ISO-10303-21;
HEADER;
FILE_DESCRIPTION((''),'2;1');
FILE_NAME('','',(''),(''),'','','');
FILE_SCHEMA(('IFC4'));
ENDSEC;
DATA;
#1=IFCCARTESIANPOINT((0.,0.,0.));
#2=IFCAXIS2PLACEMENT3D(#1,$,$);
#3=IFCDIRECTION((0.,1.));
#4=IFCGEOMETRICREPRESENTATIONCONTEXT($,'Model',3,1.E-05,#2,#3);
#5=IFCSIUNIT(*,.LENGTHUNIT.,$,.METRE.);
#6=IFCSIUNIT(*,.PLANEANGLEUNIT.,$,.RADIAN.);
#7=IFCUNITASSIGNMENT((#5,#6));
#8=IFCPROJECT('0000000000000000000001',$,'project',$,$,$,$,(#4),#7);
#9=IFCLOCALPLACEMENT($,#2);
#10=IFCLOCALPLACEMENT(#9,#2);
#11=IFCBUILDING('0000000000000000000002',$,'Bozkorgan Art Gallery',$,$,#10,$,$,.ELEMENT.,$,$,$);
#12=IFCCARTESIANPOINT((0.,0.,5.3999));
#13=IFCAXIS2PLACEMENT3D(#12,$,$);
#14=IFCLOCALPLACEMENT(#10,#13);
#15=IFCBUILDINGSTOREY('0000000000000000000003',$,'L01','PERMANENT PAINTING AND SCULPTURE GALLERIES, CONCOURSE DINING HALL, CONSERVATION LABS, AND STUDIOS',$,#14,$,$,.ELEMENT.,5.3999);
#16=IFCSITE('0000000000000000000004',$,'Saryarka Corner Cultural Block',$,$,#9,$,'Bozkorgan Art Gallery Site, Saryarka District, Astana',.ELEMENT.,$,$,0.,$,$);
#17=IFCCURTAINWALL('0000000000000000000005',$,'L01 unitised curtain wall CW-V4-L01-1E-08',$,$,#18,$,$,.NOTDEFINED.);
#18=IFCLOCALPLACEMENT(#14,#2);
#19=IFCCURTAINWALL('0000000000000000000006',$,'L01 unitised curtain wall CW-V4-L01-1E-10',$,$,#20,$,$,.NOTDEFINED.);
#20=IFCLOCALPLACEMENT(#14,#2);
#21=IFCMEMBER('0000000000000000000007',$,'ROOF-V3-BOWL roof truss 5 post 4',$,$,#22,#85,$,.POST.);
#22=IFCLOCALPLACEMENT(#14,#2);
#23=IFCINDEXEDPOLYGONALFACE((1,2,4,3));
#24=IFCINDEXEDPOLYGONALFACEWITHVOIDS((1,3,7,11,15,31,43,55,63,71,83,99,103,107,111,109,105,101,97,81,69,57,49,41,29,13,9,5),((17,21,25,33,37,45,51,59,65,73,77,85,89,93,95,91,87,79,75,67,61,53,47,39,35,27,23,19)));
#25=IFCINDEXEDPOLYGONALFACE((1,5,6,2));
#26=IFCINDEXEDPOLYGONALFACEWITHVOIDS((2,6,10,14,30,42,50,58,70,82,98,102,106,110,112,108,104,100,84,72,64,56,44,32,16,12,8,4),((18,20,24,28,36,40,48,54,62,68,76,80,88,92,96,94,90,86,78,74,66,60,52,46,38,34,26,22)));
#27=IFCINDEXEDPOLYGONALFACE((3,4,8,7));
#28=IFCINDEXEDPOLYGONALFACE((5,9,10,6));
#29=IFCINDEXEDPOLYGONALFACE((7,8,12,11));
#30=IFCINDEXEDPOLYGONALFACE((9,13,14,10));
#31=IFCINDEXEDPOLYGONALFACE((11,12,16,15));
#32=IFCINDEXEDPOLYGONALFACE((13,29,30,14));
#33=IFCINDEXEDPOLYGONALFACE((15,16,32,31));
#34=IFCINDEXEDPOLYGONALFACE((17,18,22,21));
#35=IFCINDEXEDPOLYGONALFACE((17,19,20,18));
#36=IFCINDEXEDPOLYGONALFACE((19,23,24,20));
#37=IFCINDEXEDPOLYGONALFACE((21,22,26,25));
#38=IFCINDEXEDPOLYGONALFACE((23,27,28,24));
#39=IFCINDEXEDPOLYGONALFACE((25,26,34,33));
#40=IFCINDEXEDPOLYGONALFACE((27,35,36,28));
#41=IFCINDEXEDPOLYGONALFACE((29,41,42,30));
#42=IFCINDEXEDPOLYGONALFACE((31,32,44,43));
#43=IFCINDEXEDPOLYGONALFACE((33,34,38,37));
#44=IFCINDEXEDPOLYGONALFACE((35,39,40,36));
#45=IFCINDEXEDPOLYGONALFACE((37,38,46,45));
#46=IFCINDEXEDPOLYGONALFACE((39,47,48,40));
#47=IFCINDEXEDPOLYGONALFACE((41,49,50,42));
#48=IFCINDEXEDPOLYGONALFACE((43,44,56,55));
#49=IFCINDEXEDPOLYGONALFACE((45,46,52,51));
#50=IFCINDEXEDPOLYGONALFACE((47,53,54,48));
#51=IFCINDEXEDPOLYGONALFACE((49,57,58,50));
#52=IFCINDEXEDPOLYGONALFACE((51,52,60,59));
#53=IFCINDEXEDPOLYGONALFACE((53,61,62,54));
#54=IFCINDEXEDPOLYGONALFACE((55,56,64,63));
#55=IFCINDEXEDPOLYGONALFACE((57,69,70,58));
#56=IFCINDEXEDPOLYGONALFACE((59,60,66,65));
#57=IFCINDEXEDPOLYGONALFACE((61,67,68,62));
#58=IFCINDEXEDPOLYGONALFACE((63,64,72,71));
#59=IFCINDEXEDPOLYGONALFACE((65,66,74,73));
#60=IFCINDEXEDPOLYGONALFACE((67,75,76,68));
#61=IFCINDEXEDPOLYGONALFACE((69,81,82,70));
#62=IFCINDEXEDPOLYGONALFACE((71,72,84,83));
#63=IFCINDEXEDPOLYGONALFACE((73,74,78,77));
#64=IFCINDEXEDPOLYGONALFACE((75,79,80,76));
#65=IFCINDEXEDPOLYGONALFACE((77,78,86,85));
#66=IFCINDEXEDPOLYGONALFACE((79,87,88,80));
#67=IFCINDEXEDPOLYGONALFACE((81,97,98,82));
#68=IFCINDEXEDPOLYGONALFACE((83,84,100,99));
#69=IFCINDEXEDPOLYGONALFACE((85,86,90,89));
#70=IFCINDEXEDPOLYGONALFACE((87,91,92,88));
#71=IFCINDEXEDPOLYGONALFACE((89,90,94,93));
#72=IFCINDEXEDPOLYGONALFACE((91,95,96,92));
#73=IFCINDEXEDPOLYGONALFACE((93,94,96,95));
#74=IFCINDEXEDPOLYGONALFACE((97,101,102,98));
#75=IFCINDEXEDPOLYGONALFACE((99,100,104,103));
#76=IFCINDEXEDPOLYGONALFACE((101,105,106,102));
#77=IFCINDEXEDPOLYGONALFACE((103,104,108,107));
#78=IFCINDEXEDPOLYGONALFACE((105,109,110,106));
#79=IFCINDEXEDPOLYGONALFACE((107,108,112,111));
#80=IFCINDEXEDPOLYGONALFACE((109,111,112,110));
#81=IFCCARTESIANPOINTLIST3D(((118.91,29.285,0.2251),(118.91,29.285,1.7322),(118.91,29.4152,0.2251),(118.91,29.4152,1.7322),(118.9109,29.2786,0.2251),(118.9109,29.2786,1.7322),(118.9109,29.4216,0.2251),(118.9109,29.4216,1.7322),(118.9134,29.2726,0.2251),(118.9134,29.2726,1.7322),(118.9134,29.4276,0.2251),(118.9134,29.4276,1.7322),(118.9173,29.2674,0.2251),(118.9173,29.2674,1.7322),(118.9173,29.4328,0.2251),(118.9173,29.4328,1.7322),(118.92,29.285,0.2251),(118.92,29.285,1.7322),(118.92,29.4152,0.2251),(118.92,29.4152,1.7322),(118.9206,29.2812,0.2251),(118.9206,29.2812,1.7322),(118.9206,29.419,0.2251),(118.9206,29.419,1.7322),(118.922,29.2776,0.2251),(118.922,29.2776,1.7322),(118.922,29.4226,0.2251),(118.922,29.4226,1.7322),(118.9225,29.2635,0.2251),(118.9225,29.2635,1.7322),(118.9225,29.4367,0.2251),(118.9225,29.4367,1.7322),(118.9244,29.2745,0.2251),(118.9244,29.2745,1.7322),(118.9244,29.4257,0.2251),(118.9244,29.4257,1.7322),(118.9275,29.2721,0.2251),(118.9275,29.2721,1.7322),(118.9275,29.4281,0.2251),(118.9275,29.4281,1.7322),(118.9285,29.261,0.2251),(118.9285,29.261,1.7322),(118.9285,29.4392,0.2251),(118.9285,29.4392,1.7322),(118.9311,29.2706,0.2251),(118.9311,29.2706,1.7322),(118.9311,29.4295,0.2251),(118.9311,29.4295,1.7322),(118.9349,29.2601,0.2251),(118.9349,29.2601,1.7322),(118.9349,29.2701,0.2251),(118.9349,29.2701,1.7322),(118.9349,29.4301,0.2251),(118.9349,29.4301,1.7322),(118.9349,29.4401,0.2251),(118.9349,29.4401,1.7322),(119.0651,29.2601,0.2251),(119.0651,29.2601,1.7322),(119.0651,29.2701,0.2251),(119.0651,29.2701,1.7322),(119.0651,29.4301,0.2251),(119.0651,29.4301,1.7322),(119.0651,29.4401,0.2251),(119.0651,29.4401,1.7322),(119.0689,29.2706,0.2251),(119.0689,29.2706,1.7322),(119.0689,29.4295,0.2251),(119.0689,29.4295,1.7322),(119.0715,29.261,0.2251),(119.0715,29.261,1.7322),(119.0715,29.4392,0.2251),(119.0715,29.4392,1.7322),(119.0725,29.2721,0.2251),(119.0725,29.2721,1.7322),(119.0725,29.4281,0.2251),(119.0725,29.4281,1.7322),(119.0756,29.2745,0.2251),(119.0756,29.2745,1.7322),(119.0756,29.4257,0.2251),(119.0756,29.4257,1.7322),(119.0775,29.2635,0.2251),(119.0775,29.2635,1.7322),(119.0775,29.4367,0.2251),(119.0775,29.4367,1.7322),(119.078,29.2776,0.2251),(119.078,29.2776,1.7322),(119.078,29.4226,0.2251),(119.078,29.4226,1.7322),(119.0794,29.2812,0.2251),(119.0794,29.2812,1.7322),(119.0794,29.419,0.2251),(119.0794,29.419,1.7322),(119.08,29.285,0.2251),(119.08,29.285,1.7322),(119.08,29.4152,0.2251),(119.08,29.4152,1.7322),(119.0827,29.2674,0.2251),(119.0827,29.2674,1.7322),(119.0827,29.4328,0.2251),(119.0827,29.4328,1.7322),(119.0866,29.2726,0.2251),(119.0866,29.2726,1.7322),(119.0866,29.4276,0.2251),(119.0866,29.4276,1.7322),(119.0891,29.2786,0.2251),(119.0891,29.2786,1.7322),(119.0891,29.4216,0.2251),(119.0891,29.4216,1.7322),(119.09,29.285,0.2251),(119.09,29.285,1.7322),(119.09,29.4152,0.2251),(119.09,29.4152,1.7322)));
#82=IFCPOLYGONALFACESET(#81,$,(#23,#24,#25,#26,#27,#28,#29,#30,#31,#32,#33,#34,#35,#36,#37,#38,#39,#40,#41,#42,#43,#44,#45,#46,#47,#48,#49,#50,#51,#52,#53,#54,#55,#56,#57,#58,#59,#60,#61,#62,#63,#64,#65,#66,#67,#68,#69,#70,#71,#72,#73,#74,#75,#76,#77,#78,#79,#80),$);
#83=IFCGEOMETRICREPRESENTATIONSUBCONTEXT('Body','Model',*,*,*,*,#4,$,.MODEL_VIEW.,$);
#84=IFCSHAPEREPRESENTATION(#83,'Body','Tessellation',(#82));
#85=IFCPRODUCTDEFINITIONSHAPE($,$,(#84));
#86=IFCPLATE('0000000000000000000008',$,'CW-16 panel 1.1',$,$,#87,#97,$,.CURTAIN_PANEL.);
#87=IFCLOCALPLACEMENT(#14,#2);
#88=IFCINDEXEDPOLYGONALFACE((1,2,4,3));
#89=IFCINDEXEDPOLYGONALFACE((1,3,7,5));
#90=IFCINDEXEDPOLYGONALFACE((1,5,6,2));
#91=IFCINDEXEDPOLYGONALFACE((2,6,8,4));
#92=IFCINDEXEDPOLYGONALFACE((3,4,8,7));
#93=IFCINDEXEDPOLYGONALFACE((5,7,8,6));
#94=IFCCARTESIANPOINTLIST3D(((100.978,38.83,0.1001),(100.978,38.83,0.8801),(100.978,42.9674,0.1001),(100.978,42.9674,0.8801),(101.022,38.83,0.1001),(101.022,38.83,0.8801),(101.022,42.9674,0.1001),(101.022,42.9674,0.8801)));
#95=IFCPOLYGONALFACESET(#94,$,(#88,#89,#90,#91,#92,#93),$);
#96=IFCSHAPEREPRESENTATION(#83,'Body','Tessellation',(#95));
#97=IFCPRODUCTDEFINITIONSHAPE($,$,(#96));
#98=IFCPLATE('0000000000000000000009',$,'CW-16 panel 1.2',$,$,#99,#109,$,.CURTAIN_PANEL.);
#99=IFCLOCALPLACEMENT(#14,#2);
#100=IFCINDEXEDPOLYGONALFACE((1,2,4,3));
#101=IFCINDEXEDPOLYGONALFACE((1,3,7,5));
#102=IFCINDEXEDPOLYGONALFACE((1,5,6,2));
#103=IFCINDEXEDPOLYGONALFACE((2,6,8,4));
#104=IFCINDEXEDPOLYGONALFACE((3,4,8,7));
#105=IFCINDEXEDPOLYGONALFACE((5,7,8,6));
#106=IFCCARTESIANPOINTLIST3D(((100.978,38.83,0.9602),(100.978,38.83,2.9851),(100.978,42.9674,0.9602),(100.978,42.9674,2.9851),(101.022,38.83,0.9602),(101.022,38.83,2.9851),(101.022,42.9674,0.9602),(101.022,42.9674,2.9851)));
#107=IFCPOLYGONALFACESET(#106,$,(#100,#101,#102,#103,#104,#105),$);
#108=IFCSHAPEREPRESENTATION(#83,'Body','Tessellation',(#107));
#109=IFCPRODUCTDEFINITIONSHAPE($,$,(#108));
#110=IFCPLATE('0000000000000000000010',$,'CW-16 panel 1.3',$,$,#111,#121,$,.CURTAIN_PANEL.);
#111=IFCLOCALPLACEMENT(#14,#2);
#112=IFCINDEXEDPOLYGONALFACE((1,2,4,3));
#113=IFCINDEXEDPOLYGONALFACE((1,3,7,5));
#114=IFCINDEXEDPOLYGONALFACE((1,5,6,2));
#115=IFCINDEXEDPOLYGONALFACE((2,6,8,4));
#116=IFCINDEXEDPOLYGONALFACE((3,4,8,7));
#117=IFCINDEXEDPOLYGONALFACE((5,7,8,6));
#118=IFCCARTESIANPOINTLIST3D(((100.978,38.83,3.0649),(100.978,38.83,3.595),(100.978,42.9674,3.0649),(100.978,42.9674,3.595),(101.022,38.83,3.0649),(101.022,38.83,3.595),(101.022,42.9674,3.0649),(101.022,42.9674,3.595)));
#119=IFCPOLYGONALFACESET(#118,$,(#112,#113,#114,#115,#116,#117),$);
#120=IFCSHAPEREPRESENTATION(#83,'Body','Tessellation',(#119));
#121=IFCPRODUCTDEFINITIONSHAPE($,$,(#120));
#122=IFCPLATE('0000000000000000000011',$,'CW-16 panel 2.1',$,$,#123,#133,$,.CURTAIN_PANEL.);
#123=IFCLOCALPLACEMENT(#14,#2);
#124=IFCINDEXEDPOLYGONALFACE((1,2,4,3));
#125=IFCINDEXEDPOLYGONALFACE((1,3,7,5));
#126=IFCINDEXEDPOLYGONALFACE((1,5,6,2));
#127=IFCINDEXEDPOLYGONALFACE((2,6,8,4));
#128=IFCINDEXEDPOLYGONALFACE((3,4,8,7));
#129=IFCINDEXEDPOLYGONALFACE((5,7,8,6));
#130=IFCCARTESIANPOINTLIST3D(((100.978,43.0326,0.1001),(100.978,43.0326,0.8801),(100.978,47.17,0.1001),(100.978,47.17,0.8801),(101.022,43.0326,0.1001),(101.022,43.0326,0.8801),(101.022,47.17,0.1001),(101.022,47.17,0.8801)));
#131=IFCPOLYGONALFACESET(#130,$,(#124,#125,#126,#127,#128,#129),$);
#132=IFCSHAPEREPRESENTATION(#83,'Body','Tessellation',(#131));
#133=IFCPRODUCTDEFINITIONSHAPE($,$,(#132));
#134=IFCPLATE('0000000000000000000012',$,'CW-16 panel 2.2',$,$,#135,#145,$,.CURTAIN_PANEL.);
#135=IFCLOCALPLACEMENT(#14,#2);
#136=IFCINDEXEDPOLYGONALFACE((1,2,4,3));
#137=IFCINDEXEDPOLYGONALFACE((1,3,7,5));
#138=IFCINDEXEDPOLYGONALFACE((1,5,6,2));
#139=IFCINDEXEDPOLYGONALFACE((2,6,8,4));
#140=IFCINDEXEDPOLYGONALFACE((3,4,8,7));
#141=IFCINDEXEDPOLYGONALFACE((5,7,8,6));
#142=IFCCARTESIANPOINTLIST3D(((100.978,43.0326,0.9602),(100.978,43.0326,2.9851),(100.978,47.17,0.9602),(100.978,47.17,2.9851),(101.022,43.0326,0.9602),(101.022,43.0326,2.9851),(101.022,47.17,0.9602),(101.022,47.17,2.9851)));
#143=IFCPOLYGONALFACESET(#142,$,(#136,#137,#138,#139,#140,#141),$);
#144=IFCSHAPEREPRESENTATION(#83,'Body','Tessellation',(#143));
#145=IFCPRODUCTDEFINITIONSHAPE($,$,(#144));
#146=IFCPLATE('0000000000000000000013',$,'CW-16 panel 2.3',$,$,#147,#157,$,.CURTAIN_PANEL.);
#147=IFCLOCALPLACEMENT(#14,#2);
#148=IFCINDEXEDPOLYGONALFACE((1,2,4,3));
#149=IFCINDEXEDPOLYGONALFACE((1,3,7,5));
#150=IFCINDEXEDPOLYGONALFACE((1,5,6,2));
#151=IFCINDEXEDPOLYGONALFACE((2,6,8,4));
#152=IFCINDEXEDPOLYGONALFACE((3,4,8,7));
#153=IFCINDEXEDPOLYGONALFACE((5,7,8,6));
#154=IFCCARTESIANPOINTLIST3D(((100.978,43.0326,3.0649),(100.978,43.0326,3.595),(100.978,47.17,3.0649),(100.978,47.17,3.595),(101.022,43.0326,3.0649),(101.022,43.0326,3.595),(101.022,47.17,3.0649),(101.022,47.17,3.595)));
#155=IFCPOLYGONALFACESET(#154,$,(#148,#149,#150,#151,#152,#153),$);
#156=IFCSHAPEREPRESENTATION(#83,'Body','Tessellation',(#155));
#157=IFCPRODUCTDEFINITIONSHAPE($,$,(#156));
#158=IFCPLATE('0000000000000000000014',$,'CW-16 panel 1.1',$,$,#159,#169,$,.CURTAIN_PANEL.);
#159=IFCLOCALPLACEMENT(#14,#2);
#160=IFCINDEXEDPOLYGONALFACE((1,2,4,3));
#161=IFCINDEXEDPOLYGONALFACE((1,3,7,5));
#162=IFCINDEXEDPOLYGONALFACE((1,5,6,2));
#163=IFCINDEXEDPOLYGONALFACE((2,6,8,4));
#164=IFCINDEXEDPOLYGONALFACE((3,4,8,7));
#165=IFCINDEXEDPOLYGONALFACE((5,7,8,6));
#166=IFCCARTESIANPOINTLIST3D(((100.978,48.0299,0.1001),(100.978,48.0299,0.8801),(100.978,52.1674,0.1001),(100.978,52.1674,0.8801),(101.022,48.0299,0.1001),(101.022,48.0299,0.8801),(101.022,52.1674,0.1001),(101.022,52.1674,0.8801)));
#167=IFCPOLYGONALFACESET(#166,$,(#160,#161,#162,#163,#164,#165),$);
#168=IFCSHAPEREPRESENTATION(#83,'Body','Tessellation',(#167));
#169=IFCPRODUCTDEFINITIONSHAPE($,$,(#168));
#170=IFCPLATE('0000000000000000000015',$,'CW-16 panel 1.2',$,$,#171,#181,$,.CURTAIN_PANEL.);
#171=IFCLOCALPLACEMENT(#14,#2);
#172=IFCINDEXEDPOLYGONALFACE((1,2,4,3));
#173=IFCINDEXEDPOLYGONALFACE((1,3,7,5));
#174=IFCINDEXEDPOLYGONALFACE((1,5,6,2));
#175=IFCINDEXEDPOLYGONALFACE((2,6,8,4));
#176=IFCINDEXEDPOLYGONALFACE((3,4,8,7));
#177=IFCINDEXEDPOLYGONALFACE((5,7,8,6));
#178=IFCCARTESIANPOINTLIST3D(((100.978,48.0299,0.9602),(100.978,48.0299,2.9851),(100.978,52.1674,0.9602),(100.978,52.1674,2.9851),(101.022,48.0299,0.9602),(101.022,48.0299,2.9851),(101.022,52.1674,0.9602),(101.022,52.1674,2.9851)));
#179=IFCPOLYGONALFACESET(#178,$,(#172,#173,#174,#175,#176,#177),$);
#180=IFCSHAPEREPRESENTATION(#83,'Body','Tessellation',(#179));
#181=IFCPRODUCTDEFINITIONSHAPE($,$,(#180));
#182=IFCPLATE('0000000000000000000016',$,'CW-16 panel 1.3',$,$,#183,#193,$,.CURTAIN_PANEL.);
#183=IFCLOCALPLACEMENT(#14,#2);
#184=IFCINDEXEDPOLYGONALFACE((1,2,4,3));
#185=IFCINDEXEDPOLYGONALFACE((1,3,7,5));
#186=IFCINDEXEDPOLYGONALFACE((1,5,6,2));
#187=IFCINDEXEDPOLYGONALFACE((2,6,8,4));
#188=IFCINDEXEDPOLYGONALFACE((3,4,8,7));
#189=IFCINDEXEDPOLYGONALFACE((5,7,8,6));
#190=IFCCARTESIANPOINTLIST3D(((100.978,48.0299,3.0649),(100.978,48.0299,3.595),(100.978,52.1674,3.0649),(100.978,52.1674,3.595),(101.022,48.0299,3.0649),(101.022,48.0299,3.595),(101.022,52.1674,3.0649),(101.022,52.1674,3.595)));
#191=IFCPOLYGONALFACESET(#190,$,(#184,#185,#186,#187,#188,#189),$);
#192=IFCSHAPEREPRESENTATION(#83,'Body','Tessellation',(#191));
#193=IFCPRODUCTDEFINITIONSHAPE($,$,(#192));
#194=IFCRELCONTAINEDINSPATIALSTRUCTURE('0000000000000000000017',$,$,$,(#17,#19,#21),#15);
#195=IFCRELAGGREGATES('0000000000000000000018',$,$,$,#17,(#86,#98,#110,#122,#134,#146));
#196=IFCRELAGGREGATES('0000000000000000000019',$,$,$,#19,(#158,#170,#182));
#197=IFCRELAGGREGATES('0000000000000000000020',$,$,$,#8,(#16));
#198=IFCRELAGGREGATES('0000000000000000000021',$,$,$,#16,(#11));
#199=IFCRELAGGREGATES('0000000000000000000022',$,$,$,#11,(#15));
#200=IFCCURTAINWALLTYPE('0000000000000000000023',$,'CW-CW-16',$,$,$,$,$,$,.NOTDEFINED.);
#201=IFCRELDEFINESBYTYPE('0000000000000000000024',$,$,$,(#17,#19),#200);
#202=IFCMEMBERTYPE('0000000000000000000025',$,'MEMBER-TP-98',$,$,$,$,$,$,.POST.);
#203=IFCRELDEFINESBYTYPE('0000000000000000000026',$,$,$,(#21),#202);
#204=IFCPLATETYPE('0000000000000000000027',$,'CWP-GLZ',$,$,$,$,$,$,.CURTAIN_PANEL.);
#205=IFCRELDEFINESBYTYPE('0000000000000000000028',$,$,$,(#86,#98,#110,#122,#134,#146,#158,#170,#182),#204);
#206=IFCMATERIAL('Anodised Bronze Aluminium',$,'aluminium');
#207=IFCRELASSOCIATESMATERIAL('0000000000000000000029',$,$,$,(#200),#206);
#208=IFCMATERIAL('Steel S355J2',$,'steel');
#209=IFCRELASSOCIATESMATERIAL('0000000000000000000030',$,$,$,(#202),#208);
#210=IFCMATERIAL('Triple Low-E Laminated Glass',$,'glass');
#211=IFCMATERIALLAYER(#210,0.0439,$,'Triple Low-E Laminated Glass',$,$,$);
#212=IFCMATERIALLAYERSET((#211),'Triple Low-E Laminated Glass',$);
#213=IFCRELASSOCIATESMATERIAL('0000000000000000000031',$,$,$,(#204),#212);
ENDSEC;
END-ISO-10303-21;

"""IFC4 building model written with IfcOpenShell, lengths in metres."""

from ifc_helpers import new_model, si_unit, direction, frame, origin, origin_2d, place, context, subcontext, project, spatial, rectangle, hollow_rectangle, extrude, material, layer, layer_set, material_profile, profile_set, type_object, element, aggregate, save


model = new_model("IFC4")

# Units and contexts
model_context = context("Model", 3, precision=1e-05, world=origin(), true_north=direction((0.0, 1.0)))
body_context = subcontext(model_context, "Body", "Model", "MODEL_VIEW")
ifc_project = project(units=[si_unit("LENGTHUNIT", "METRE"), si_unit("PLANEANGLEUNIT", "RADIAN")], contexts=[model_context])

# Site, building, storey
site_placement = place(None, origin())
site = spatial("IfcSite", under=ifc_project, at=site_placement, Name="Saryarka Corner Cultural Block", LongName="Bozkorgan Art Gallery Site, Saryarka District, Astana", CompositionType="ELEMENT", RefElevation=0.0)
building_placement = place(site_placement, origin())
building = spatial("IfcBuilding", under=site, at=building_placement, Name="Bozkorgan Art Gallery", CompositionType="ELEMENT")
storey_placement = place(building_placement, frame((0.0, 0.0, 5.3999)))
storey = spatial("IfcBuildingStorey", under=building, at=storey_placement, Name="L01", Description="PERMANENT PAINTING AND SCULPTURE GALLERIES, CONCOURSE DINING HALL, CONSERVATION LABS, AND STUDIOS", CompositionType="ELEMENT", Elevation=5.3999)

# Curtain walls
ifc_material_1 = material(Name="Anodised Bronze Aluminium", Category="aluminium")
curtain_wall_type = type_object("IfcCurtainWallType", Name="CW-CW-16", PredefinedType="NOTDEFINED", material=ifc_material_1)
curtain_wall_1_placement = place(storey_placement, origin())
curtain_wall_1 = element("IfcCurtainWall", 1, at=curtain_wall_1_placement, inside=storey, type_object=curtain_wall_type, Name="L01 unitised curtain wall CW-V4-L01-1E-08", PredefinedType="NOTDEFINED")
curtain_wall_2_placement = place(storey_placement, origin())
curtain_wall_2 = element("IfcCurtainWall", 2, at=curtain_wall_2_placement, inside=storey, type_object=curtain_wall_type, Name="L01 unitised curtain wall CW-V4-L01-1E-10", PredefinedType="NOTDEFINED")

# Member
ifc_material_2 = material(Name="Steel S355J2", Category="steel")
ifc_material_profile_1 = material_profile(ifc_material_2, hollow_rectangle(XDim=0.1799, YDim=0.1799, WallThickness=0.01, InnerFilletRadius=0.0149, OuterFilletRadius=0.0249, at=origin_2d()), Name="SHS 180x180x10")
ifc_profile_set_1 = profile_set([ifc_material_profile_1], Name="Steel S355J2")
member_type_1 = type_object("IfcMemberType", Name="MEMBER-TP-98", PredefinedType="POST", material=ifc_profile_set_1)
member_1_placement = place(storey_placement, frame((119.0, 29.3501, 0.2251), z_axis=(0.0, 0.0, 1.0), x_axis=(1.0, 0.0, 0.0)))
element("IfcMember", 3, at=member_1_placement, inside=storey, type_object=member_type_1, Name="ROOF-V3-BOWL roof truss 5 post 4", PredefinedType="POST", context=body_context, shape_type="SweptSolid", body=[
    extrude(hollow_rectangle(XDim=0.1799, YDim=0.1799, WallThickness=0.01, InnerFilletRadius=0.0149, OuterFilletRadius=0.0249, at=origin_2d()), origin(), (0.0, 0.0, 1.0), 1.5071),
])

# Plates
ifc_material_3 = material(Name="Triple Low-E Laminated Glass", Category="glass")
ifc_layer_1 = layer(ifc_material_3, 0.0439, Name="Triple Low-E Laminated Glass")
ifc_layer_set_1 = layer_set([ifc_layer_1], Name="Triple Low-E Laminated Glass")
plate_type_1 = type_object("IfcPlateType", Name="CWP-GLZ", PredefinedType="CURTAIN_PANEL", material=ifc_layer_set_1)
plate_1_placement = place(storey_placement, frame((101.0, 40.8987, 0.1001), z_axis=(0.0, 0.0, 1.0), x_axis=(0.0, 1.0, 0.0)))
plate_1 = element("IfcPlate", 4, at=plate_1_placement, type_object=plate_type_1, Name="CW-16 panel 1.1", PredefinedType="CURTAIN_PANEL", context=body_context, shape_type="SweptSolid", body=[
    extrude(rectangle(XDim=4.1375, YDim=0.0439, at=origin_2d()), origin(), (0.0, 0.0, 1.0), 0.78),
])
plate_2_placement = place(storey_placement, frame((101.0, 40.8987, 0.9602), z_axis=(0.0, 0.0, 1.0), x_axis=(0.0, 1.0, 0.0)))
plate_2 = element("IfcPlate", 5, at=plate_2_placement, type_object=plate_type_1, Name="CW-16 panel 1.2", PredefinedType="CURTAIN_PANEL", context=body_context, shape_type="SweptSolid", body=[
    extrude(rectangle(XDim=4.1375, YDim=0.0439, at=origin_2d()), origin(), (0.0, 0.0, 1.0), 2.0249),
])
plate_3_placement = place(storey_placement, frame((101.0, 40.8987, 3.0649), z_axis=(0.0, 0.0, 1.0), x_axis=(0.0, 1.0, 0.0)))
plate_3 = element("IfcPlate", 6, at=plate_3_placement, type_object=plate_type_1, Name="CW-16 panel 1.3", PredefinedType="CURTAIN_PANEL", context=body_context, shape_type="SweptSolid", body=[
    extrude(rectangle(XDim=4.1375, YDim=0.0439, at=origin_2d()), origin(), (0.0, 0.0, 1.0), 0.53),
])
plate_4_placement = place(storey_placement, frame((101.0, 45.1013, 0.1001), z_axis=(0.0, 0.0, 1.0), x_axis=(0.0, 1.0, 0.0)))
plate_4 = element("IfcPlate", 7, at=plate_4_placement, type_object=plate_type_1, Name="CW-16 panel 2.1", PredefinedType="CURTAIN_PANEL", context=body_context, shape_type="SweptSolid", body=[
    extrude(rectangle(XDim=4.1375, YDim=0.0439, at=origin_2d()), origin(), (0.0, 0.0, 1.0), 0.78),
])
plate_5_placement = place(storey_placement, frame((101.0, 45.1013, 0.9602), z_axis=(0.0, 0.0, 1.0), x_axis=(0.0, 1.0, 0.0)))
plate_5 = element("IfcPlate", 8, at=plate_5_placement, type_object=plate_type_1, Name="CW-16 panel 2.2", PredefinedType="CURTAIN_PANEL", context=body_context, shape_type="SweptSolid", body=[
    extrude(rectangle(XDim=4.1375, YDim=0.0439, at=origin_2d()), origin(), (0.0, 0.0, 1.0), 2.0249),
])
plate_6_placement = place(storey_placement, frame((101.0, 45.1013, 3.0649), z_axis=(0.0, 0.0, 1.0), x_axis=(0.0, 1.0, 0.0)))
plate_6 = element("IfcPlate", 9, at=plate_6_placement, type_object=plate_type_1, Name="CW-16 panel 2.3", PredefinedType="CURTAIN_PANEL", context=body_context, shape_type="SweptSolid", body=[
    extrude(rectangle(XDim=4.1375, YDim=0.0439, at=origin_2d()), origin(), (0.0, 0.0, 1.0), 0.53),
])
aggregate(curtain_wall_1, [plate_1, plate_2, plate_3, plate_4, plate_5, plate_6])
plate_7_placement = place(storey_placement, frame((101.0, 50.0986, 0.1001), z_axis=(0.0, 0.0, 1.0), x_axis=(0.0, 1.0, 0.0)))
plate_7 = element("IfcPlate", 10, at=plate_7_placement, type_object=plate_type_1, Name="CW-16 panel 1.1", PredefinedType="CURTAIN_PANEL", context=body_context, shape_type="SweptSolid", body=[
    extrude(rectangle(XDim=4.1375, YDim=0.0439, at=origin_2d()), origin(), (0.0, 0.0, 1.0), 0.78),
])
plate_8_placement = place(storey_placement, frame((101.0, 50.0986, 0.9602), z_axis=(0.0, 0.0, 1.0), x_axis=(0.0, 1.0, 0.0)))
plate_8 = element("IfcPlate", 11, at=plate_8_placement, type_object=plate_type_1, Name="CW-16 panel 1.2", PredefinedType="CURTAIN_PANEL", context=body_context, shape_type="SweptSolid", body=[
    extrude(rectangle(XDim=4.1375, YDim=0.0439, at=origin_2d()), origin(), (0.0, 0.0, 1.0), 2.0249),
])
plate_9_placement = place(storey_placement, frame((101.0, 50.0986, 3.0649), z_axis=(0.0, 0.0, 1.0), x_axis=(0.0, 1.0, 0.0)))
plate_9 = element("IfcPlate", 12, at=plate_9_placement, type_object=plate_type_1, Name="CW-16 panel 1.3", PredefinedType="CURTAIN_PANEL", context=body_context, shape_type="SweptSolid", body=[
    extrude(rectangle(XDim=4.1375, YDim=0.0439, at=origin_2d()), origin(), (0.0, 0.0, 1.0), 0.53),
])
aggregate(curtain_wall_2, [plate_7, plate_8, plate_9])

save(model, "model.ifc")
